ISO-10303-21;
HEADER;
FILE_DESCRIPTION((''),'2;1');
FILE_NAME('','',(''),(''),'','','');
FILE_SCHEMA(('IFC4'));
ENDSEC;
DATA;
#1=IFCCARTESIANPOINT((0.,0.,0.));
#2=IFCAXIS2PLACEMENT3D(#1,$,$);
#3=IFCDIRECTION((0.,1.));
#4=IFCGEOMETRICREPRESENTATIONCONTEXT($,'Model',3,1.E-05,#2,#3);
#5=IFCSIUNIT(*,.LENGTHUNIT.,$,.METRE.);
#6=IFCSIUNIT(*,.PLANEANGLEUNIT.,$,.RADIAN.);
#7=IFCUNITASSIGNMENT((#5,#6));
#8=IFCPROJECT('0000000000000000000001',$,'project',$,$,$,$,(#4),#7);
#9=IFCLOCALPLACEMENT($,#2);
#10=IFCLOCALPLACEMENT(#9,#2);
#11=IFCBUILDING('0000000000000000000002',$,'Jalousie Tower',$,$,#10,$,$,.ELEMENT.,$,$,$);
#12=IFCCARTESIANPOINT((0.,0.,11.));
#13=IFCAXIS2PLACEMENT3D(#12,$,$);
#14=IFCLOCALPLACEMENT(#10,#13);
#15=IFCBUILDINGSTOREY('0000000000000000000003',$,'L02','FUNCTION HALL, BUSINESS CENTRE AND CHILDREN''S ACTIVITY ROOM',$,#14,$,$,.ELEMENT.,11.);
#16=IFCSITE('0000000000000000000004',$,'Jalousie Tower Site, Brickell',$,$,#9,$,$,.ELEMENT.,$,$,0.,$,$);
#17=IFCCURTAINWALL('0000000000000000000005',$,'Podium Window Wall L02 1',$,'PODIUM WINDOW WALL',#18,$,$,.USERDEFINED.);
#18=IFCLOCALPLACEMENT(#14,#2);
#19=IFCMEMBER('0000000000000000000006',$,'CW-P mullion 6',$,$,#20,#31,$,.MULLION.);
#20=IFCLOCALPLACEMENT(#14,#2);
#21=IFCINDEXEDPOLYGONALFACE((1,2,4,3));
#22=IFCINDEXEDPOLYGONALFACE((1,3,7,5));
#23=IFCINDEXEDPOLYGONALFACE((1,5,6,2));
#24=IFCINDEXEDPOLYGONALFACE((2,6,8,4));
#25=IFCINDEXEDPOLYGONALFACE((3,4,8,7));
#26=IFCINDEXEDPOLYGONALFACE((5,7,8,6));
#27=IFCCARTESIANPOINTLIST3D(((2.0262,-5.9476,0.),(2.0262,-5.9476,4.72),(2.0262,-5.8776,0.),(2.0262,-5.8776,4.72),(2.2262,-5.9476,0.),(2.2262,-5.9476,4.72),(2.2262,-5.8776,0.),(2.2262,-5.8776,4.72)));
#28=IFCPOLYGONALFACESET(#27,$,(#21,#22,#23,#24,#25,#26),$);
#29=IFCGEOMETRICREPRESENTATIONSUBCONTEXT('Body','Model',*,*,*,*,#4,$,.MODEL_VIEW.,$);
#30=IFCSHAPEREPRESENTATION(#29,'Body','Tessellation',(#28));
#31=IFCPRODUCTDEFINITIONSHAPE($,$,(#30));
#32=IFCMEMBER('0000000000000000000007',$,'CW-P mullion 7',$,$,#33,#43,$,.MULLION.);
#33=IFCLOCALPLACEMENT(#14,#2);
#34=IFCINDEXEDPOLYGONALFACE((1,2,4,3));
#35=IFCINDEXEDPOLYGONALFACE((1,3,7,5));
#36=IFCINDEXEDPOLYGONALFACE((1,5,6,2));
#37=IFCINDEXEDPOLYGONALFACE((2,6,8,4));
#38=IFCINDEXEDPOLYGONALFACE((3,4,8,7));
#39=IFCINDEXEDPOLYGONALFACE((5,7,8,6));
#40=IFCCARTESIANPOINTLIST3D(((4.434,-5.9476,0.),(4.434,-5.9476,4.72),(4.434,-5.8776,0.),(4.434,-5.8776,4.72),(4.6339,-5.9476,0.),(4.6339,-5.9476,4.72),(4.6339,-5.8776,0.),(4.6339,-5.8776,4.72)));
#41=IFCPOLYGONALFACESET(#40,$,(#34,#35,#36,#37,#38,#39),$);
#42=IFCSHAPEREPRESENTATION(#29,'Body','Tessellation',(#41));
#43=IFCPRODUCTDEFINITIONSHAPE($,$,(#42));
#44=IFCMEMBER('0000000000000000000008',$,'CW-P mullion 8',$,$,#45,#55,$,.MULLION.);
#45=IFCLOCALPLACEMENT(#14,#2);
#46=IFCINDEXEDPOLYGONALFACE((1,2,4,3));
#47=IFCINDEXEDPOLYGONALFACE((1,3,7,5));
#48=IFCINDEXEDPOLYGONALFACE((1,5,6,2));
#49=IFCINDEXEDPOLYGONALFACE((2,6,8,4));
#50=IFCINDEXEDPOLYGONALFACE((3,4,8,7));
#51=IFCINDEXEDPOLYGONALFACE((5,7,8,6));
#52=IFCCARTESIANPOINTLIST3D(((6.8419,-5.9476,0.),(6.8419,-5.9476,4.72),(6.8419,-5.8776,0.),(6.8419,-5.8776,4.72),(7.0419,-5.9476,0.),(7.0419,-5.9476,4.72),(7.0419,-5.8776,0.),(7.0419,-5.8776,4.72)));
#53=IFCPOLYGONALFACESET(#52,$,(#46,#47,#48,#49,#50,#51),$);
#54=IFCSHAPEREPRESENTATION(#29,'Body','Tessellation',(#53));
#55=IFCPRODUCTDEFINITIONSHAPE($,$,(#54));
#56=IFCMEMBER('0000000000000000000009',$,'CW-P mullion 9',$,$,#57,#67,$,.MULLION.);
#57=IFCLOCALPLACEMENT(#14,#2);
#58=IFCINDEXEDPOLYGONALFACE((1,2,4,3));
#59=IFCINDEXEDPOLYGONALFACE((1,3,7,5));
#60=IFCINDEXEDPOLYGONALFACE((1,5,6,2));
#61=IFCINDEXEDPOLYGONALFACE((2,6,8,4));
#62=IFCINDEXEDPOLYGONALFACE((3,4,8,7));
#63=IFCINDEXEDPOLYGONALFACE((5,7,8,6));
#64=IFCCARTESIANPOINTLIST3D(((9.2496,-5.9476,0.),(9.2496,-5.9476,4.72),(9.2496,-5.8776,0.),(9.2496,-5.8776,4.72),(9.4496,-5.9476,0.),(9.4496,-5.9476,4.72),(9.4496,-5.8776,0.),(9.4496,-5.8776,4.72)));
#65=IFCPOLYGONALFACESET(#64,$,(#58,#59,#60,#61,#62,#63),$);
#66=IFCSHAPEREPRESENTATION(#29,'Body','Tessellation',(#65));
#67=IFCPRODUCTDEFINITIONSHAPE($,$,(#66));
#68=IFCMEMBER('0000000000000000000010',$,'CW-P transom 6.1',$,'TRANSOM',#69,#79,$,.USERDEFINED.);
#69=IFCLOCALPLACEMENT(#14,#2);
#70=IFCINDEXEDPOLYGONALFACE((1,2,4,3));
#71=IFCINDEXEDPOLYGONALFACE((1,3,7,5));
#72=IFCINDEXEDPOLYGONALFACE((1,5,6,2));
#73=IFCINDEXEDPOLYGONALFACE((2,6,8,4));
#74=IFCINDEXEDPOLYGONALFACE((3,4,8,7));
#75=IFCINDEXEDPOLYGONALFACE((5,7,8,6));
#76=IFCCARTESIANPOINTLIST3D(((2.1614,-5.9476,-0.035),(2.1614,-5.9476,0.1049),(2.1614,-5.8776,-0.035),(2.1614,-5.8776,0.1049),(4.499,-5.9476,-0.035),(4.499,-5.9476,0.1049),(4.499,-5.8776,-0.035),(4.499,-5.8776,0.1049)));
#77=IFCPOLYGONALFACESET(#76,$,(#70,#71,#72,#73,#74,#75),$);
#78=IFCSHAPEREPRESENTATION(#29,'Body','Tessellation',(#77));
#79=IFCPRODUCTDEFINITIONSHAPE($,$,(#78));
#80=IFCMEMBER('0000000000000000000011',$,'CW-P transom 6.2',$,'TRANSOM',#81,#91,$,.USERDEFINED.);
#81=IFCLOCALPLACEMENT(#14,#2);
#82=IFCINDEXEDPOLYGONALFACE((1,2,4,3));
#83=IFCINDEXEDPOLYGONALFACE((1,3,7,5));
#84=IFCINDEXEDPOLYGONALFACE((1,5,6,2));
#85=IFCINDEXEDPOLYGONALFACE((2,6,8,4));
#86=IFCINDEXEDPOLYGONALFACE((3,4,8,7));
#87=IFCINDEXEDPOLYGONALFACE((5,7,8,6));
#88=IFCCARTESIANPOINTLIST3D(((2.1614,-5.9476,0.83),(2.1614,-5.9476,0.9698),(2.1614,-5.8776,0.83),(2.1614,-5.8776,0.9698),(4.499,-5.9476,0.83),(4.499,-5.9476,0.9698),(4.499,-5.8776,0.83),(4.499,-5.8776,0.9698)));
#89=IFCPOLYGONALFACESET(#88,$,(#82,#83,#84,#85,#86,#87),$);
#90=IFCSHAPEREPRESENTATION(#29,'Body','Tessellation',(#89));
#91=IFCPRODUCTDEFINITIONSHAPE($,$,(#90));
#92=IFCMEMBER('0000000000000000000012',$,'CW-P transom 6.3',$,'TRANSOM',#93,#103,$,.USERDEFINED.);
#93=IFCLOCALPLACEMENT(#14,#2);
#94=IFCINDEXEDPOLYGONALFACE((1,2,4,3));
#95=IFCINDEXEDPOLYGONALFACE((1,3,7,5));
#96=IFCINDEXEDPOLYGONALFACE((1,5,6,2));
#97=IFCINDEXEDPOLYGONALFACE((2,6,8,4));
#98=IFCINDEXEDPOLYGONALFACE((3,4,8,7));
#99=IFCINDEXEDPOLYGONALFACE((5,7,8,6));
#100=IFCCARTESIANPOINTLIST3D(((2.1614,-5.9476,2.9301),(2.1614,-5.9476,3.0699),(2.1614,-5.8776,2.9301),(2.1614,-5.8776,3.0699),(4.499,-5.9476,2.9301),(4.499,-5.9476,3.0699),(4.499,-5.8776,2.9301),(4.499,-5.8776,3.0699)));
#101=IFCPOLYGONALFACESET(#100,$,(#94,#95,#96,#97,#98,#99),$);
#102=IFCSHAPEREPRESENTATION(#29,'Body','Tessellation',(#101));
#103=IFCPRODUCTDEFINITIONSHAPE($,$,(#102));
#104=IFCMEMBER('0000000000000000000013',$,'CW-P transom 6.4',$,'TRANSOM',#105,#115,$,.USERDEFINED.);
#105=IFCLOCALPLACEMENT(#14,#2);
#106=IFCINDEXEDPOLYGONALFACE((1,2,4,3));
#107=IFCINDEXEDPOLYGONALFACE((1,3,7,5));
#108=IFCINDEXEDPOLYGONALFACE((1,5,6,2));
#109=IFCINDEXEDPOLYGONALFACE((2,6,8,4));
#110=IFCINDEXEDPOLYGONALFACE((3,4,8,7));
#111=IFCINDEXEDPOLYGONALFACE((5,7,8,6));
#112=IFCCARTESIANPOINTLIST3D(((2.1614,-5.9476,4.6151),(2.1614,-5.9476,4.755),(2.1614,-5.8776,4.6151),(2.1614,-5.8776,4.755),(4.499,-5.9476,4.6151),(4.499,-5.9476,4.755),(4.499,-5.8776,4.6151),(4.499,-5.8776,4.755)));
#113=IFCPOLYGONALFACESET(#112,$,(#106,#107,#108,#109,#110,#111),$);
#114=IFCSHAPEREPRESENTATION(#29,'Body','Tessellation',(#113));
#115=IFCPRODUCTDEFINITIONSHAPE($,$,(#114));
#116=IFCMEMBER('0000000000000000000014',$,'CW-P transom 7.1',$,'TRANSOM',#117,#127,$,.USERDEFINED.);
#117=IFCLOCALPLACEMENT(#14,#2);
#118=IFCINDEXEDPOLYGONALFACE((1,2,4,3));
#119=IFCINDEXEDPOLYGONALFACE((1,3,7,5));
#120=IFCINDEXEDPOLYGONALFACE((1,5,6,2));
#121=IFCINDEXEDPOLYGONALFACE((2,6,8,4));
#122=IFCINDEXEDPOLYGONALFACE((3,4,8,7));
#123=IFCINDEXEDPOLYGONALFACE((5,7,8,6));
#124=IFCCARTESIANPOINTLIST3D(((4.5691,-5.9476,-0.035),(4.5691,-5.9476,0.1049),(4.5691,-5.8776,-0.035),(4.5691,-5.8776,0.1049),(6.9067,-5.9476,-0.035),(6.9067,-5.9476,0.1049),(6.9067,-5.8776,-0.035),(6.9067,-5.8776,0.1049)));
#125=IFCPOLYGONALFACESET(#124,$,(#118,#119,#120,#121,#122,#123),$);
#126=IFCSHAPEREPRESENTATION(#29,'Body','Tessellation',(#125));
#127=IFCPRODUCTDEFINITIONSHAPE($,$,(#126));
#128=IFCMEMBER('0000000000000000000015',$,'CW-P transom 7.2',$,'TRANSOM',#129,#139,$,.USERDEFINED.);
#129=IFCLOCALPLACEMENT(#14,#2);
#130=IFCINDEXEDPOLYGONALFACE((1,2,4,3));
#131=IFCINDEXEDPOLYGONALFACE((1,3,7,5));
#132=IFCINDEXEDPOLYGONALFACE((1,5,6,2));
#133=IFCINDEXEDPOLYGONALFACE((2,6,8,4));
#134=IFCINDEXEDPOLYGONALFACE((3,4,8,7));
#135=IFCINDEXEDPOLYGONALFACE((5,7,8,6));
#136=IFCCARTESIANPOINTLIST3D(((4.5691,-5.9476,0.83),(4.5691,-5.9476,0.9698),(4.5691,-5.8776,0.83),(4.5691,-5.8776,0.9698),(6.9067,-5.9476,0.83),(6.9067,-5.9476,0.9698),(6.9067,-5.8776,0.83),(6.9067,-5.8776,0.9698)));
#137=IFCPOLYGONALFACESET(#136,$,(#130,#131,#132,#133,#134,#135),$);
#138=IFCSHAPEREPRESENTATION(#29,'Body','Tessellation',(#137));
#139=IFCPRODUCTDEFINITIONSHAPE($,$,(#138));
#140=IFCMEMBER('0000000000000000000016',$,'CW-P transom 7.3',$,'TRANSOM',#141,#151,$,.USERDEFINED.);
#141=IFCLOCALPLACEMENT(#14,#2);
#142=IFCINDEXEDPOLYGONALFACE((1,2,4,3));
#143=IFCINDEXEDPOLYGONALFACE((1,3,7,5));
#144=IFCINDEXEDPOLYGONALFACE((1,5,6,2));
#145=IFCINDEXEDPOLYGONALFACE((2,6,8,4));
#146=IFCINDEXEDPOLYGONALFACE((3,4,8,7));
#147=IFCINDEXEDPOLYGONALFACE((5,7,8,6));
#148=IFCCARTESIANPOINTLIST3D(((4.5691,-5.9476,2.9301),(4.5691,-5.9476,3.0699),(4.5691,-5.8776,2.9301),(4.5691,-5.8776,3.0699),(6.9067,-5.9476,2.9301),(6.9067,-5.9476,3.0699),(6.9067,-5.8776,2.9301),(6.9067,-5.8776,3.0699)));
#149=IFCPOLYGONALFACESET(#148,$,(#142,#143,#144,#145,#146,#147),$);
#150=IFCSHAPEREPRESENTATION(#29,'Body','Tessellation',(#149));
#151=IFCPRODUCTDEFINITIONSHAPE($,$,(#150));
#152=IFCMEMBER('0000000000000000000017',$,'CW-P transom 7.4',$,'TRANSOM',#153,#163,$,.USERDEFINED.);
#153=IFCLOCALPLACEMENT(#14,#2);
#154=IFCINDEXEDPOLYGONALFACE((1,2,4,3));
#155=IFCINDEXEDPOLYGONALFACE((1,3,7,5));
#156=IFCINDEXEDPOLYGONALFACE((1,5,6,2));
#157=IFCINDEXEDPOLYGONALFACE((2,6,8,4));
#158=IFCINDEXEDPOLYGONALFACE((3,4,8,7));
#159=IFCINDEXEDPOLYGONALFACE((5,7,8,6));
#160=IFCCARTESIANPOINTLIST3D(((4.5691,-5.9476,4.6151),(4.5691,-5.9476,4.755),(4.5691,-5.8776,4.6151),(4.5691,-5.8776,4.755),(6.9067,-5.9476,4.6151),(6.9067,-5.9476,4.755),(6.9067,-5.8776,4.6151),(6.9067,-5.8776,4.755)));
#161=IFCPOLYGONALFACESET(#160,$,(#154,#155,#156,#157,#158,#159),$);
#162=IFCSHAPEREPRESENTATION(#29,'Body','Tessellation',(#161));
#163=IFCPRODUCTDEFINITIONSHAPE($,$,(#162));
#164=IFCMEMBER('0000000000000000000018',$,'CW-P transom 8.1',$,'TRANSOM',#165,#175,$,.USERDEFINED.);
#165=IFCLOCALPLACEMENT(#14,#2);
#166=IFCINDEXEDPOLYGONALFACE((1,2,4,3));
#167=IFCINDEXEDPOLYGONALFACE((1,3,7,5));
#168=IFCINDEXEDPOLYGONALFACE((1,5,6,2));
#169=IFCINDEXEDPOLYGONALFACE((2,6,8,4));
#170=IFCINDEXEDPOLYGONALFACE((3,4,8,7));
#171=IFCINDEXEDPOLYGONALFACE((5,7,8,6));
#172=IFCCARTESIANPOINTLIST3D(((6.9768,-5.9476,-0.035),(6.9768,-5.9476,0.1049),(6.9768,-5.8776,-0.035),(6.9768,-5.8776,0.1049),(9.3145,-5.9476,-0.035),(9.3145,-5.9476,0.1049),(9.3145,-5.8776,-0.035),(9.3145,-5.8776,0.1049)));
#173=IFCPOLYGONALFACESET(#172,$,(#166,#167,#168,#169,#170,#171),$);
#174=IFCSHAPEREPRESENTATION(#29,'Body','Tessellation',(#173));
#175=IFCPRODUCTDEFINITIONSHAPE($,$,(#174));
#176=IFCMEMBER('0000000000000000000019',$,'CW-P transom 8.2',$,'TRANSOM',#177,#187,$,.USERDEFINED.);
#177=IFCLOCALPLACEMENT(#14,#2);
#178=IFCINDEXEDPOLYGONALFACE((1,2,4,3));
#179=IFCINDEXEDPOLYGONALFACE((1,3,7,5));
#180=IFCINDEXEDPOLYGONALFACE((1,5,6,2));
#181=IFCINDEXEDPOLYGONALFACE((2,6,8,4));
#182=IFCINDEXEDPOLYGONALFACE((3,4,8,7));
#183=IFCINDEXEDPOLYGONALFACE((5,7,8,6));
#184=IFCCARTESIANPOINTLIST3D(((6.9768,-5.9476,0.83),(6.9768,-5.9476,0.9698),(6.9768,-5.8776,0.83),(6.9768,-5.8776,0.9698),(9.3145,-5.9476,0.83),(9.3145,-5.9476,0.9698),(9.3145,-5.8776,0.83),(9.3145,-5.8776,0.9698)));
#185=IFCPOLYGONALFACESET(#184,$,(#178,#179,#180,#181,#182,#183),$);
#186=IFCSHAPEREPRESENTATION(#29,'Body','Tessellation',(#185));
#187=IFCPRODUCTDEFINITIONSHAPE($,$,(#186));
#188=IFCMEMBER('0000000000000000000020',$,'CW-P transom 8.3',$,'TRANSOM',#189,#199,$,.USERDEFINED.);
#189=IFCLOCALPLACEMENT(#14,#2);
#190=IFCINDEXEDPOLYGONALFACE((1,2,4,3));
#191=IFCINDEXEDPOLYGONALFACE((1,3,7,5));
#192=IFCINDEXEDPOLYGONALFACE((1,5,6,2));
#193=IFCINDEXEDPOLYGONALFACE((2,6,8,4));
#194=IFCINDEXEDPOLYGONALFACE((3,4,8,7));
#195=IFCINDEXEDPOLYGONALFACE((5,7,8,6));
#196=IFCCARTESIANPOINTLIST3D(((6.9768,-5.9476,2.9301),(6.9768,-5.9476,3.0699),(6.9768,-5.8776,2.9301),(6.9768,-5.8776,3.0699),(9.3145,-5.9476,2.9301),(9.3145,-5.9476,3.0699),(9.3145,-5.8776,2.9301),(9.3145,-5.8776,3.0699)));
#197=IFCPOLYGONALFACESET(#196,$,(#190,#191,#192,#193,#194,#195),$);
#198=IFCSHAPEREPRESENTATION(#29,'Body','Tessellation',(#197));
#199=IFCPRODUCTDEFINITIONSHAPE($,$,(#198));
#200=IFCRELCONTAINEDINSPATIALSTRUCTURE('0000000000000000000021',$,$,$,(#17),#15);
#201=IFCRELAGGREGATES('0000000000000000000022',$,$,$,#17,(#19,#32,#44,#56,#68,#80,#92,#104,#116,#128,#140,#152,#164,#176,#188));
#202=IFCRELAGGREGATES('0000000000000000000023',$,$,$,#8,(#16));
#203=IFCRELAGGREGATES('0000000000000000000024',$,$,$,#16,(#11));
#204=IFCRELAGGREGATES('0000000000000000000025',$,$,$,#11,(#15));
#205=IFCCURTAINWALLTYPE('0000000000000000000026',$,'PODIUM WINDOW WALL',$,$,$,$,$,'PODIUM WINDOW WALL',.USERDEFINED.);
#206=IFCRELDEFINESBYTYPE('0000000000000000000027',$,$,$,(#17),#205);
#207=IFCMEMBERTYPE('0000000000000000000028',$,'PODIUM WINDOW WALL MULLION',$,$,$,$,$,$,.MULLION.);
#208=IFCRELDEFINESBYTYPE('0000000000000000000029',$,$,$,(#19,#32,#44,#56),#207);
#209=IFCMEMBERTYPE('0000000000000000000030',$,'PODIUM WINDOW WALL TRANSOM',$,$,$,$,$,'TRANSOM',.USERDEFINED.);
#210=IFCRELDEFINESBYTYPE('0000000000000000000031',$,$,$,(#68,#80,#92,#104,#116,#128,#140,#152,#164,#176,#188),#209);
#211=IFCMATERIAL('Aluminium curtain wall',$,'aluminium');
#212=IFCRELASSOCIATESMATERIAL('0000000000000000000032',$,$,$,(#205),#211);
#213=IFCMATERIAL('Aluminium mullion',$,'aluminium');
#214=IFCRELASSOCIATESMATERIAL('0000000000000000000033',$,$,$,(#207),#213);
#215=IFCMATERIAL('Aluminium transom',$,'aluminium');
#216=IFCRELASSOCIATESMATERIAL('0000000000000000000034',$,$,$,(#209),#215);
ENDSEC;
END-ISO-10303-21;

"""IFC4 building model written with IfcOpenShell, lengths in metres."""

from ifc_helpers import new_model, si_unit, direction, frame, origin, origin_2d, place, context, subcontext, project, spatial, rectangle, extrude, material, material_profile, profile_set, type_object, element, aggregate, save


model = new_model("IFC4")

# Units and contexts
model_context = context("Model", 3, precision=1e-05, world=origin(), true_north=direction((0.0, 1.0)))
body_context = subcontext(model_context, "Body", "Model", "MODEL_VIEW")
ifc_project = project(units=[si_unit("LENGTHUNIT", "METRE"), si_unit("PLANEANGLEUNIT", "RADIAN")], contexts=[model_context])

# Site, building, storey
site_placement = place(None, origin())
site = spatial("IfcSite", under=ifc_project, at=site_placement, Name="Jalousie Tower Site, Brickell", CompositionType="ELEMENT", RefElevation=0.0)
building_placement = place(site_placement, origin())
building = spatial("IfcBuilding", under=site, at=building_placement, Name="Jalousie Tower", CompositionType="ELEMENT")
storey_placement = place(building_placement, frame((0.0, 0.0, 11.0)))
storey = spatial("IfcBuildingStorey", under=building, at=storey_placement, Name="L02", Description="FUNCTION HALL, BUSINESS CENTRE AND CHILDREN'S ACTIVITY ROOM", CompositionType="ELEMENT", Elevation=11.0)

# Curtain wall, members
ifc_material_1 = material(Name="Aluminium curtain wall", Category="aluminium")
curtain_wall_type = type_object("IfcCurtainWallType", Name="PODIUM WINDOW WALL", ElementType="PODIUM WINDOW WALL", PredefinedType="USERDEFINED", material=ifc_material_1)
curtain_wall_placement = place(storey_placement, origin())
curtain_wall = element("IfcCurtainWall", 1, at=curtain_wall_placement, inside=storey, type_object=curtain_wall_type, Name="Podium Window Wall L02 1", ObjectType="PODIUM WINDOW WALL", PredefinedType="USERDEFINED")
ifc_material_2 = material(Name="Aluminium mullion", Category="aluminium")
ifc_material_profile_1 = material_profile(ifc_material_2, rectangle(XDim=0.0701, YDim=0.2, at=origin_2d()), Name="MULLION 70x200")
ifc_profile_set_1 = profile_set([ifc_material_profile_1], Name="Aluminium mullion")
member_type_1 = type_object("IfcMemberType", Name="PODIUM WINDOW WALL MULLION", PredefinedType="MULLION", material=ifc_profile_set_1)
member_1_placement = place(storey_placement, frame((2.1262, -5.9126, 0.0), z_axis=(0.0, 0.0, 1.0), x_axis=(0.0, 1.0, 0.0)))
member_1 = element("IfcMember", 2, at=member_1_placement, type_object=member_type_1, Name="CW-P mullion 6", PredefinedType="MULLION", context=body_context, shape_type="SweptSolid", body=[
    extrude(rectangle(XDim=0.0701, YDim=0.2, at=origin_2d()), origin(), (0.0, 0.0, 1.0), 4.72),
])
member_2_placement = place(storey_placement, frame((4.5339, -5.9126, 0.0), z_axis=(0.0, 0.0, 1.0), x_axis=(0.0, 1.0, 0.0)))
member_2 = element("IfcMember", 3, at=member_2_placement, type_object=member_type_1, Name="CW-P mullion 7", PredefinedType="MULLION", context=body_context, shape_type="SweptSolid", body=[
    extrude(rectangle(XDim=0.0701, YDim=0.2, at=origin_2d()), origin(), (0.0, 0.0, 1.0), 4.72),
])
member_3_placement = place(storey_placement, frame((6.9419, -5.9126, 0.0), z_axis=(0.0, 0.0, 1.0), x_axis=(0.0, 1.0, 0.0)))
member_3 = element("IfcMember", 4, at=member_3_placement, type_object=member_type_1, Name="CW-P mullion 8", PredefinedType="MULLION", context=body_context, shape_type="SweptSolid", body=[
    extrude(rectangle(XDim=0.0701, YDim=0.2, at=origin_2d()), origin(), (0.0, 0.0, 1.0), 4.72),
])
member_4_placement = place(storey_placement, frame((9.3496, -5.9126, 0.0), z_axis=(0.0, 0.0, 1.0), x_axis=(0.0, 1.0, 0.0)))
member_4 = element("IfcMember", 5, at=member_4_placement, type_object=member_type_1, Name="CW-P mullion 9", PredefinedType="MULLION", context=body_context, shape_type="SweptSolid", body=[
    extrude(rectangle(XDim=0.0701, YDim=0.2, at=origin_2d()), origin(), (0.0, 0.0, 1.0), 4.72),
])
ifc_material_3 = material(Name="Aluminium transom", Category="aluminium")
ifc_material_profile_2 = material_profile(ifc_material_3, rectangle(XDim=0.0701, YDim=0.1399, at=origin_2d()), Name="TRANSOM 70x140")
ifc_profile_set_2 = profile_set([ifc_material_profile_2], Name="Aluminium transom")
member_type_2 = type_object("IfcMemberType", Name="PODIUM WINDOW WALL TRANSOM", ElementType="TRANSOM", PredefinedType="USERDEFINED", material=ifc_profile_set_2)
member_5_placement = place(storey_placement, frame((2.1614, -5.9126, 0.0349), z_axis=(1.0, 0.0, 0.0), x_axis=(0.0, 1.0, 0.0)))
member_5 = element("IfcMember", 6, at=member_5_placement, type_object=member_type_2, Name="CW-P transom 6.1", ObjectType="TRANSOM", PredefinedType="USERDEFINED", context=body_context, shape_type="SweptSolid", body=[
    extrude(rectangle(XDim=0.0701, YDim=0.1399, at=origin_2d()), origin(), (0.0, 0.0, 1.0), 2.3376),
])
member_6_placement = place(storey_placement, frame((2.1614, -5.9126, 0.8999), z_axis=(1.0, 0.0, 0.0), x_axis=(0.0, 1.0, 0.0)))
member_6 = element("IfcMember", 7, at=member_6_placement, type_object=member_type_2, Name="CW-P transom 6.2", ObjectType="TRANSOM", PredefinedType="USERDEFINED", context=body_context, shape_type="SweptSolid", body=[
    extrude(rectangle(XDim=0.0701, YDim=0.1399, at=origin_2d()), origin(), (0.0, 0.0, 1.0), 2.3376),
])
member_7_placement = place(storey_placement, frame((2.1614, -5.9126, 3.0), z_axis=(1.0, 0.0, 0.0), x_axis=(0.0, 1.0, 0.0)))
member_7 = element("IfcMember", 8, at=member_7_placement, type_object=member_type_2, Name="CW-P transom 6.3", ObjectType="TRANSOM", PredefinedType="USERDEFINED", context=body_context, shape_type="SweptSolid", body=[
    extrude(rectangle(XDim=0.0701, YDim=0.1399, at=origin_2d()), origin(), (0.0, 0.0, 1.0), 2.3376),
])
member_8_placement = place(storey_placement, frame((2.1614, -5.9126, 4.6851), z_axis=(1.0, 0.0, 0.0), x_axis=(0.0, 1.0, 0.0)))
member_8 = element("IfcMember", 9, at=member_8_placement, type_object=member_type_2, Name="CW-P transom 6.4", ObjectType="TRANSOM", PredefinedType="USERDEFINED", context=body_context, shape_type="SweptSolid", body=[
    extrude(rectangle(XDim=0.0701, YDim=0.1399, at=origin_2d()), origin(), (0.0, 0.0, 1.0), 2.3376),
])
member_9_placement = place(storey_placement, frame((4.5691, -5.9126, 0.0349), z_axis=(1.0, 0.0, 0.0), x_axis=(0.0, 1.0, 0.0)))
member_9 = element("IfcMember", 10, at=member_9_placement, type_object=member_type_2, Name="CW-P transom 7.1", ObjectType="TRANSOM", PredefinedType="USERDEFINED", context=body_context, shape_type="SweptSolid", body=[
    extrude(rectangle(XDim=0.0701, YDim=0.1399, at=origin_2d()), origin(), (0.0, 0.0, 1.0), 2.3376),
])
member_10_placement = place(storey_placement, frame((4.5691, -5.9126, 0.8999), z_axis=(1.0, 0.0, 0.0), x_axis=(0.0, 1.0, 0.0)))
member_10 = element("IfcMember", 11, at=member_10_placement, type_object=member_type_2, Name="CW-P transom 7.2", ObjectType="TRANSOM", PredefinedType="USERDEFINED", context=body_context, shape_type="SweptSolid", body=[
    extrude(rectangle(XDim=0.0701, YDim=0.1399, at=origin_2d()), origin(), (0.0, 0.0, 1.0), 2.3376),
])
member_11_placement = place(storey_placement, frame((4.5691, -5.9126, 3.0), z_axis=(1.0, 0.0, 0.0), x_axis=(0.0, 1.0, 0.0)))
member_11 = element("IfcMember", 12, at=member_11_placement, type_object=member_type_2, Name="CW-P transom 7.3", ObjectType="TRANSOM", PredefinedType="USERDEFINED", context=body_context, shape_type="SweptSolid", body=[
    extrude(rectangle(XDim=0.0701, YDim=0.1399, at=origin_2d()), origin(), (0.0, 0.0, 1.0), 2.3376),
])
member_12_placement = place(storey_placement, frame((4.5691, -5.9126, 4.6851), z_axis=(1.0, 0.0, 0.0), x_axis=(0.0, 1.0, 0.0)))
member_12 = element("IfcMember", 13, at=member_12_placement, type_object=member_type_2, Name="CW-P transom 7.4", ObjectType="TRANSOM", PredefinedType="USERDEFINED", context=body_context, shape_type="SweptSolid", body=[
    extrude(rectangle(XDim=0.0701, YDim=0.1399, at=origin_2d()), origin(), (0.0, 0.0, 1.0), 2.3376),
])
member_13_placement = place(storey_placement, frame((6.9768, -5.9126, 0.0349), z_axis=(1.0, 0.0, 0.0), x_axis=(0.0, 1.0, 0.0)))
member_13 = element("IfcMember", 14, at=member_13_placement, type_object=member_type_2, Name="CW-P transom 8.1", ObjectType="TRANSOM", PredefinedType="USERDEFINED", context=body_context, shape_type="SweptSolid", body=[
    extrude(rectangle(XDim=0.0701, YDim=0.1399, at=origin_2d()), origin(), (0.0, 0.0, 1.0), 2.3376),
])
member_14_placement = place(storey_placement, frame((6.9768, -5.9126, 0.8999), z_axis=(1.0, 0.0, 0.0), x_axis=(0.0, 1.0, 0.0)))
member_14 = element("IfcMember", 15, at=member_14_placement, type_object=member_type_2, Name="CW-P transom 8.2", ObjectType="TRANSOM", PredefinedType="USERDEFINED", context=body_context, shape_type="SweptSolid", body=[
    extrude(rectangle(XDim=0.0701, YDim=0.1399, at=origin_2d()), origin(), (0.0, 0.0, 1.0), 2.3376),
])
member_15_placement = place(storey_placement, frame((6.9768, -5.9126, 3.0), z_axis=(1.0, 0.0, 0.0), x_axis=(0.0, 1.0, 0.0)))
member_15 = element("IfcMember", 16, at=member_15_placement, type_object=member_type_2, Name="CW-P transom 8.3", ObjectType="TRANSOM", PredefinedType="USERDEFINED", context=body_context, shape_type="SweptSolid", body=[
    extrude(rectangle(XDim=0.0701, YDim=0.1399, at=origin_2d()), origin(), (0.0, 0.0, 1.0), 2.3376),
])
aggregate(curtain_wall, [member_1, member_2, member_3, member_4, member_5, member_6, member_7, member_8, member_9, member_10, member_11, member_12, member_13, member_14, member_15])

save(model, "model.ifc")
